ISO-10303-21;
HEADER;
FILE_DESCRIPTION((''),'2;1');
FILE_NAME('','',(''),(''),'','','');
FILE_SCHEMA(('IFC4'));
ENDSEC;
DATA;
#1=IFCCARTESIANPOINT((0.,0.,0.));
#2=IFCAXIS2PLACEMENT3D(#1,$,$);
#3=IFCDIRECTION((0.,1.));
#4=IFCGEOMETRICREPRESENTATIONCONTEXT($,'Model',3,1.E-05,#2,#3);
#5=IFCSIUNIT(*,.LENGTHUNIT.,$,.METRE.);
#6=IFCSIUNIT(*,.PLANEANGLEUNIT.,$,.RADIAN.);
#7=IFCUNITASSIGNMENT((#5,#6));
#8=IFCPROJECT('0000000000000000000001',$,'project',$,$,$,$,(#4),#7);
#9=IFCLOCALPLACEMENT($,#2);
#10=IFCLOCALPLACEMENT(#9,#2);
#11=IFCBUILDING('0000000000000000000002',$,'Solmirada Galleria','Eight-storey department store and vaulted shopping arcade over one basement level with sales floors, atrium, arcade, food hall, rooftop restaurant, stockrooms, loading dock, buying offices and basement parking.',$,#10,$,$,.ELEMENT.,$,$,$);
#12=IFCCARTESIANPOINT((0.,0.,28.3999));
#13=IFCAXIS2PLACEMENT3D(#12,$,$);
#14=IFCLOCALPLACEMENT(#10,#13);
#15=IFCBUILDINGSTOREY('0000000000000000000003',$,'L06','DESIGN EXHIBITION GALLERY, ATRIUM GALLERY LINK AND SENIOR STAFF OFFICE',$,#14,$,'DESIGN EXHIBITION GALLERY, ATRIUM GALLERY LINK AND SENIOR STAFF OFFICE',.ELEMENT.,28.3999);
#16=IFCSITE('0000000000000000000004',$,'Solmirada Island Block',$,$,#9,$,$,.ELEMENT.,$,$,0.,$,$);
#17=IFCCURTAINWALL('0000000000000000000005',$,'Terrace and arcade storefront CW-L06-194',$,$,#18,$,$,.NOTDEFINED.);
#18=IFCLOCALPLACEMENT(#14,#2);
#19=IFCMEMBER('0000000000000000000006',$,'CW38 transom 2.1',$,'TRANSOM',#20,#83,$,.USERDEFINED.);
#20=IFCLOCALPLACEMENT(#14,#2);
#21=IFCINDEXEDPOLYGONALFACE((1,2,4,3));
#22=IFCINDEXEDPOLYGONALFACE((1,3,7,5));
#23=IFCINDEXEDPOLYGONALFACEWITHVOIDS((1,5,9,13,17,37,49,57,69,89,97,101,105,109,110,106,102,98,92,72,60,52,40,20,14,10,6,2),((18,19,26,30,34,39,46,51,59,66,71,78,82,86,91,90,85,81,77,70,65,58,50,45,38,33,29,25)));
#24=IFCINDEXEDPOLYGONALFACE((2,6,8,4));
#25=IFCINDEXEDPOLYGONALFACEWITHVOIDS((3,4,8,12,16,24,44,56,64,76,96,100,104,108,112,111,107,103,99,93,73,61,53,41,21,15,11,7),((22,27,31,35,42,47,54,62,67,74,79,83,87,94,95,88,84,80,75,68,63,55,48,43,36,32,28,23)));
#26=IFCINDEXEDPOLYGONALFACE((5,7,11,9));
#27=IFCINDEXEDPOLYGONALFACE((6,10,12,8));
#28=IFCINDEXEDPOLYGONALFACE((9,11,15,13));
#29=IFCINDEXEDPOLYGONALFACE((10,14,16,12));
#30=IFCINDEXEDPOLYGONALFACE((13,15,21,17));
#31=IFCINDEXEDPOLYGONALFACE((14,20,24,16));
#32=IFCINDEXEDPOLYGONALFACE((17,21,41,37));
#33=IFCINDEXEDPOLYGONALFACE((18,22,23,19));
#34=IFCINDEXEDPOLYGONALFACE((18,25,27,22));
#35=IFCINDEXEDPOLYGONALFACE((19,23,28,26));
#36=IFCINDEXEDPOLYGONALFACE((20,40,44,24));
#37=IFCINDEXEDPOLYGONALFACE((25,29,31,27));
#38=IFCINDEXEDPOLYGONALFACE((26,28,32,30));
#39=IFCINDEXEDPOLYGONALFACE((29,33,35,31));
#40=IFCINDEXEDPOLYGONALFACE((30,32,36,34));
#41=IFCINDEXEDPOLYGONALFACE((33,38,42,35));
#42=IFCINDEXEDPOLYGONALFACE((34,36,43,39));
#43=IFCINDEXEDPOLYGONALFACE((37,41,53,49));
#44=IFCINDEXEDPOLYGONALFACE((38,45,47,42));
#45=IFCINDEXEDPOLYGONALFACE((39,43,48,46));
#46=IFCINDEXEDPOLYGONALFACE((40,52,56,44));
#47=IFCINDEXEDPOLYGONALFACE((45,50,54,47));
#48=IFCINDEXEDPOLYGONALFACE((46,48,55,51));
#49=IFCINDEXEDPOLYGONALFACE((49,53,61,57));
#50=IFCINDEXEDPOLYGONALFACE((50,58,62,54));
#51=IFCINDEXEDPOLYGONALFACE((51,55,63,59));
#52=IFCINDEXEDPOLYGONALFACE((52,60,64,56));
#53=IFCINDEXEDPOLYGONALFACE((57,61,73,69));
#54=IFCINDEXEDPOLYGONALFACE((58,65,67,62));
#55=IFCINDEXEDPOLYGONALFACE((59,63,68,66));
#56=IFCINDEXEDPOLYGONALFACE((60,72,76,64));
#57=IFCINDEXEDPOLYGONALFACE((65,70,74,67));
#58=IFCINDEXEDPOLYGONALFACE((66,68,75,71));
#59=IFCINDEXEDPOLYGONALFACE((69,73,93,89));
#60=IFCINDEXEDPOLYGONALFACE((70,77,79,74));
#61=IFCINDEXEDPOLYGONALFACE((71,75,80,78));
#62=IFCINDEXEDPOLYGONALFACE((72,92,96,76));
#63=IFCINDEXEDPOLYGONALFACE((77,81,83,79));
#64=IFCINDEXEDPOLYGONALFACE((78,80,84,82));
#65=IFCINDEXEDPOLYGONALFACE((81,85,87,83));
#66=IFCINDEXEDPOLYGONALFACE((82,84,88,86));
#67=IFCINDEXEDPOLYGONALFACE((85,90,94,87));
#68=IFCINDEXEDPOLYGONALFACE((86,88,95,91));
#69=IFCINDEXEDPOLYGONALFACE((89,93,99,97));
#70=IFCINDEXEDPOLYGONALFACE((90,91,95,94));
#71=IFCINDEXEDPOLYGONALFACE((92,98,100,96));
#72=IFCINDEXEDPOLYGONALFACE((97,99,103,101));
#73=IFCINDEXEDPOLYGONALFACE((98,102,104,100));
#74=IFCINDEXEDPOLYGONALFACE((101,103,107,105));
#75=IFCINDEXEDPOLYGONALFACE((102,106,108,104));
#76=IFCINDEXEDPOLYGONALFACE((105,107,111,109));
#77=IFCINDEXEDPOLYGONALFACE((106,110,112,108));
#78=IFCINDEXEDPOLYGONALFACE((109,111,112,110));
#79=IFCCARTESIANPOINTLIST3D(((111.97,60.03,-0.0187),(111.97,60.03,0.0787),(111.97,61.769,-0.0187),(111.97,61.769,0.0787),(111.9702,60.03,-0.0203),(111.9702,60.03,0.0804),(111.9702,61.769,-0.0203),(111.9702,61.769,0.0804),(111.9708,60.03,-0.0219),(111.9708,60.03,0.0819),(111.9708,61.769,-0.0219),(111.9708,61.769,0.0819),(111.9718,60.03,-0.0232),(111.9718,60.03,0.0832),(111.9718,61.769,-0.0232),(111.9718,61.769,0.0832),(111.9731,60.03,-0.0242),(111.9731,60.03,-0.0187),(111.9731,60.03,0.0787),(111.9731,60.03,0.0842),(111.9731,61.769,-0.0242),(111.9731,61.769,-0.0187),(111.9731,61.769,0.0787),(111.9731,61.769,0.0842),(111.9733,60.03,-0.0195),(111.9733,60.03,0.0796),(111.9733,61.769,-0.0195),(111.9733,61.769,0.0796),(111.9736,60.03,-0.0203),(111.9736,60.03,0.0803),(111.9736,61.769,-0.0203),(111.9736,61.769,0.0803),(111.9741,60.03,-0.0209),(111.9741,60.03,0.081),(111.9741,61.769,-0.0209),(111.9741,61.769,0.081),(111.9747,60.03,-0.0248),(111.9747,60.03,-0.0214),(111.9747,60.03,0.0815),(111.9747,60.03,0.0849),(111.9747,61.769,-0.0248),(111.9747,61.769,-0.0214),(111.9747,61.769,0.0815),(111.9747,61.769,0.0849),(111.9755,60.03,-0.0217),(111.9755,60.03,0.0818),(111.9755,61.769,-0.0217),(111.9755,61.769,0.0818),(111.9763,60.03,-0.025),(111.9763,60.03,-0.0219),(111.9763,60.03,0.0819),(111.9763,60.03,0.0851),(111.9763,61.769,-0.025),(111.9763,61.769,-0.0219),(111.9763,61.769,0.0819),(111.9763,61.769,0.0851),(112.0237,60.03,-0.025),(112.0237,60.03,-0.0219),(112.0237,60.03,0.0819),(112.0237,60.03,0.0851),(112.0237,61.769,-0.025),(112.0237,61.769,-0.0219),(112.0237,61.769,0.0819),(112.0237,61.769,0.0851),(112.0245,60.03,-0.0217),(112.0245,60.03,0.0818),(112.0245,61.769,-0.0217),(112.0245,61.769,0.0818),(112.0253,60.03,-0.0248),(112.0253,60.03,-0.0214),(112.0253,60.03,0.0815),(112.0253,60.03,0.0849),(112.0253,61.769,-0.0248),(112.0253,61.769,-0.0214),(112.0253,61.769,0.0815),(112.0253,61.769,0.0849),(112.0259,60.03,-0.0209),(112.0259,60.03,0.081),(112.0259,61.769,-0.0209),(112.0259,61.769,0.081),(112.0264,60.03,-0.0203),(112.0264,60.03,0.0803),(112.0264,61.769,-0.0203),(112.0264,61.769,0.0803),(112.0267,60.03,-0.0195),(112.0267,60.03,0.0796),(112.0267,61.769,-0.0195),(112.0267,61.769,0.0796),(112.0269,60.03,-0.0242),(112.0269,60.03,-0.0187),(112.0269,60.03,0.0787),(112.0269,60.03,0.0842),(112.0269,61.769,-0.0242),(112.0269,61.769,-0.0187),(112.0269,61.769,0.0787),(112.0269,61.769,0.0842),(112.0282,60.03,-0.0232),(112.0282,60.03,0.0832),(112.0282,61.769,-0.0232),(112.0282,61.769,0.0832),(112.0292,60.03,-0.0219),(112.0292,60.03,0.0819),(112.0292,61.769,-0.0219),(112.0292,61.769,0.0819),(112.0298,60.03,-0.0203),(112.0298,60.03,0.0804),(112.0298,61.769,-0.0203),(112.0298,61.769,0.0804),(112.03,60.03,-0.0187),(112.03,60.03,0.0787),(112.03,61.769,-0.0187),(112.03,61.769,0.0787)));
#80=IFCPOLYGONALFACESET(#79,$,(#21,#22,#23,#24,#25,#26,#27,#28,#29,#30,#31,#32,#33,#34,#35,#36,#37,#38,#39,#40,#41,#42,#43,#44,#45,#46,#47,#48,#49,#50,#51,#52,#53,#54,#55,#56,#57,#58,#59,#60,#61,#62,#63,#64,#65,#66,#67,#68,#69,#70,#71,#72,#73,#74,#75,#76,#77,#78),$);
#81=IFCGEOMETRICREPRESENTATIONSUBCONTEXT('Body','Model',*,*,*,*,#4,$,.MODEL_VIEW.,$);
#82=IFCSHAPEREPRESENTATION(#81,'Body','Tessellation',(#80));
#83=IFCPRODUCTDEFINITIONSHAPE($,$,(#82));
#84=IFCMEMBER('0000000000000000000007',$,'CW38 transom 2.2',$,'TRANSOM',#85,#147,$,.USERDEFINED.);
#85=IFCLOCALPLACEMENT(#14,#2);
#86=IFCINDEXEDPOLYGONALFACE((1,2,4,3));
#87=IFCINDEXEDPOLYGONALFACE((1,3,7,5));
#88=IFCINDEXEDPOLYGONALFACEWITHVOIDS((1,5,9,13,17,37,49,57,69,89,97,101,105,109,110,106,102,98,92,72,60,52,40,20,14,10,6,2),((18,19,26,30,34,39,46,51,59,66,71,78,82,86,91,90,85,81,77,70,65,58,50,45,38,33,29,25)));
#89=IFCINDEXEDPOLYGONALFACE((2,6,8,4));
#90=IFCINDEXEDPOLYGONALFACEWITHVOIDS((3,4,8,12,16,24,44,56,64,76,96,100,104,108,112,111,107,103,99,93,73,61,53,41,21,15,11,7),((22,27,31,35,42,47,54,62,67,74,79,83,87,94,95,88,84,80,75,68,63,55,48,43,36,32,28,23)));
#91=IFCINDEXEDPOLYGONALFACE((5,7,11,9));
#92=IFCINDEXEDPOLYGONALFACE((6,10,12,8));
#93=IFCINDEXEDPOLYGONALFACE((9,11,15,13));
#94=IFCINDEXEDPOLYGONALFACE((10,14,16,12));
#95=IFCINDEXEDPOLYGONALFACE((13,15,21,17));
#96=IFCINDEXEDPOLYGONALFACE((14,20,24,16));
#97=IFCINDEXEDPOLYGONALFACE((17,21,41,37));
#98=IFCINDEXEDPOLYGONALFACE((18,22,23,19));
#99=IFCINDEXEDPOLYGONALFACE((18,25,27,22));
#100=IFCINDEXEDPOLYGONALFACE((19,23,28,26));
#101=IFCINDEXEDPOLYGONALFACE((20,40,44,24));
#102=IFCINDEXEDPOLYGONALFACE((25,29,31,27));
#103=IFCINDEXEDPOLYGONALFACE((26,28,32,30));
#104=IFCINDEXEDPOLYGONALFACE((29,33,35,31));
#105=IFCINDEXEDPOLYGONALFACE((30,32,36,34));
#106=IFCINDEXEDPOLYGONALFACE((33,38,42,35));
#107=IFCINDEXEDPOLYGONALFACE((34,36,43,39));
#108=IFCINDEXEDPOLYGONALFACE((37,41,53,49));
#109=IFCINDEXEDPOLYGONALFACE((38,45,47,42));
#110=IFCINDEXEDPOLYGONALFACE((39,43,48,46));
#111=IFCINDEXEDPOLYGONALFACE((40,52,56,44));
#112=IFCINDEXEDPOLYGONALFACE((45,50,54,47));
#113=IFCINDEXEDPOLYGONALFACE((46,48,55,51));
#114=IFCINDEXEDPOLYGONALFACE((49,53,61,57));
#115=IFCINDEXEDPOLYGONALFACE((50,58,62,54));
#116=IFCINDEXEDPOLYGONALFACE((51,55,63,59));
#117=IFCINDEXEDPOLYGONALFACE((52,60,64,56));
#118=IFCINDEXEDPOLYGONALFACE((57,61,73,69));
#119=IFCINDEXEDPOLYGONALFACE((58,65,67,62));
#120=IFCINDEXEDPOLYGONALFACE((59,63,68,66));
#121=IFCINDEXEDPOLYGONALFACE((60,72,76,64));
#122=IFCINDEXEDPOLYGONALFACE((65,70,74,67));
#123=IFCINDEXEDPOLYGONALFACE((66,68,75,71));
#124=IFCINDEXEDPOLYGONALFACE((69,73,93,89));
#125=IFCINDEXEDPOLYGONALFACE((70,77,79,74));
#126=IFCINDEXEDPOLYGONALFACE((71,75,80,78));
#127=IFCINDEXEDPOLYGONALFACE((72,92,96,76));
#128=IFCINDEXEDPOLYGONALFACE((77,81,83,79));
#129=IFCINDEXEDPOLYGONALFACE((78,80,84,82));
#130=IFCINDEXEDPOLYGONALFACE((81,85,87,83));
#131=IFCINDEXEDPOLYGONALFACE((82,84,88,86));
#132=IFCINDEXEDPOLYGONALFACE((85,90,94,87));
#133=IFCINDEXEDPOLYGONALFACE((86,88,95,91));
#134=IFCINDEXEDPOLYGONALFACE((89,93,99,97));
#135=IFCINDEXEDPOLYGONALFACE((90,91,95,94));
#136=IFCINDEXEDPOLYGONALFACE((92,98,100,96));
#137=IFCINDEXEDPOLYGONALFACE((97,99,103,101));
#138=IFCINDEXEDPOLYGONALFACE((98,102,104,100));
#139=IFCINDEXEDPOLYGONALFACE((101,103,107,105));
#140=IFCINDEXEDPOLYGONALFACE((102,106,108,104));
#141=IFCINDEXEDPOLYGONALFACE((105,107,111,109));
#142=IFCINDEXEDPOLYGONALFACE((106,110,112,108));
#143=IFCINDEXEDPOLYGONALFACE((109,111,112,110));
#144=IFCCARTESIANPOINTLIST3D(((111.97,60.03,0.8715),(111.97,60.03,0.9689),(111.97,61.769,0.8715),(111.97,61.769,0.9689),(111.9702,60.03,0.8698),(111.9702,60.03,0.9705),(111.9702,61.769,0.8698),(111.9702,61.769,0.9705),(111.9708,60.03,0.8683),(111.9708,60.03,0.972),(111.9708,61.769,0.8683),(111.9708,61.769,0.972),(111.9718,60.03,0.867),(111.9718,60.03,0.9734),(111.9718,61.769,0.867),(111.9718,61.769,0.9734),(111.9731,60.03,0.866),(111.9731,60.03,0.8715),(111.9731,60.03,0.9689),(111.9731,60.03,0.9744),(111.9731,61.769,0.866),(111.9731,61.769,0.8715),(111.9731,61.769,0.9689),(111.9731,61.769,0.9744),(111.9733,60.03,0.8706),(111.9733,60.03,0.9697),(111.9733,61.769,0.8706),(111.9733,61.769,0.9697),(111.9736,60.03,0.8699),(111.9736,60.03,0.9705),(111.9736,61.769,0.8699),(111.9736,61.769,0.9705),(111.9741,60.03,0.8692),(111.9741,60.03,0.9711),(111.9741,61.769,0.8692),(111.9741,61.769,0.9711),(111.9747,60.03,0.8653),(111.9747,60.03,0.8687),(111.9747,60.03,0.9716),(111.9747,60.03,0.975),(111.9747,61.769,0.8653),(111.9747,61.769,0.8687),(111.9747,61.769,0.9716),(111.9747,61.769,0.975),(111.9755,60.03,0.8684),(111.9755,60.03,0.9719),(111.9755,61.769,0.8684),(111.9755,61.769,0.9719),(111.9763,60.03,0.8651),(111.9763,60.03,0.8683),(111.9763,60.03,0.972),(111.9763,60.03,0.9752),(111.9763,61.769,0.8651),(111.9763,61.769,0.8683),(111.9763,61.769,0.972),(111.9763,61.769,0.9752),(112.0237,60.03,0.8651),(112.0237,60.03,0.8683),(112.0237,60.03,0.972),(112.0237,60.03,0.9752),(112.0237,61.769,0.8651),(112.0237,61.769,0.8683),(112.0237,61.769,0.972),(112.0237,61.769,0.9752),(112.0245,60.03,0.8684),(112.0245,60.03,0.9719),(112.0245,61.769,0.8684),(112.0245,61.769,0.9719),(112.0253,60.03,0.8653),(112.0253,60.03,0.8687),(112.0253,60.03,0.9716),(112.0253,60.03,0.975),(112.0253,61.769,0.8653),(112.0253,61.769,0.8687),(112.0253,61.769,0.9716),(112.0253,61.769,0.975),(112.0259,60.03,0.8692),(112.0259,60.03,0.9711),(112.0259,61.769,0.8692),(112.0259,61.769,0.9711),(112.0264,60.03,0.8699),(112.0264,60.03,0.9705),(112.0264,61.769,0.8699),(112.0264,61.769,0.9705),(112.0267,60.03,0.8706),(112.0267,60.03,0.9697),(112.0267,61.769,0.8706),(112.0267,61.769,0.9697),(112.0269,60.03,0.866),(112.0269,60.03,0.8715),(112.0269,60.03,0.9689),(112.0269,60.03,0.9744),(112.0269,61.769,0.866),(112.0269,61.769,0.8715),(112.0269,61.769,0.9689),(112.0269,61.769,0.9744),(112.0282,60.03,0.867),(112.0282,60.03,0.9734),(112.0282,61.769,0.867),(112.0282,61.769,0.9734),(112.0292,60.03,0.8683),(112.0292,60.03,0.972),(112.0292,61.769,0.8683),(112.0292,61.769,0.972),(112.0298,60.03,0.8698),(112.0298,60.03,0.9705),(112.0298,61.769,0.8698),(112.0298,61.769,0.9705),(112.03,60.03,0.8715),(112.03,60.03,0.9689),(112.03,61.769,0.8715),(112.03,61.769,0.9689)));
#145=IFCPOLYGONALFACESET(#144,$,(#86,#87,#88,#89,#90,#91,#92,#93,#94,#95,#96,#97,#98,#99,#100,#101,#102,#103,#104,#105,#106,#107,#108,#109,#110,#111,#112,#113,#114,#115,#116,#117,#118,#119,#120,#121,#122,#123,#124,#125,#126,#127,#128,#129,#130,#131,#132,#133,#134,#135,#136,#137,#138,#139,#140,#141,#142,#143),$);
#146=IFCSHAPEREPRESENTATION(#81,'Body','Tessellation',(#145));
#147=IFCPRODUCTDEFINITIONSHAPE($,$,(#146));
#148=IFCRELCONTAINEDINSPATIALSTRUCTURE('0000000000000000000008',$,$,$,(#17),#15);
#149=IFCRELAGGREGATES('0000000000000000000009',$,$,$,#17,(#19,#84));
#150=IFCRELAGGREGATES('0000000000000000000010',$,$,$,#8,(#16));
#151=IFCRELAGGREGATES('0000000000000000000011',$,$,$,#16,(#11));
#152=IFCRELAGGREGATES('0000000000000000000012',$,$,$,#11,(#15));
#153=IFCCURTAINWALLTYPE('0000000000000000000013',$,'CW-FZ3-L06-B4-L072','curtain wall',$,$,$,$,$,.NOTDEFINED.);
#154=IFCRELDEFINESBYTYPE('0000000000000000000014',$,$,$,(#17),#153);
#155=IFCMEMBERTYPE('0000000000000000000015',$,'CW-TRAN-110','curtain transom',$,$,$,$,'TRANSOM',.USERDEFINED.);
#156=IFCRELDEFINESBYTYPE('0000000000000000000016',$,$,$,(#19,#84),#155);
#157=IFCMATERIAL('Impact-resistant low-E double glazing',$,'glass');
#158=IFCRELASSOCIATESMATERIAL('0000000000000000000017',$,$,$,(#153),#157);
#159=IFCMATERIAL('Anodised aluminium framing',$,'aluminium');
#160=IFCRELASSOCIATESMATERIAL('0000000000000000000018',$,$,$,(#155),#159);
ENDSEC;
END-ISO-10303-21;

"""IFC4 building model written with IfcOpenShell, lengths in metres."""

from ifc_helpers import new_model, si_unit, direction, frame, origin, origin_2d, place, context, subcontext, project, spatial, hollow_rectangle, extrude, material, material_profile, profile_set, type_object, element, aggregate, save


model = new_model("IFC4")

# Units and contexts
model_context = context("Model", 3, precision=1e-05, world=origin(), true_north=direction((0.0, 1.0)))
body_context = subcontext(model_context, "Body", "Model", "MODEL_VIEW")
ifc_project = project(units=[si_unit("LENGTHUNIT", "METRE"), si_unit("PLANEANGLEUNIT", "RADIAN")], contexts=[model_context])

# Site, building, storey
site_placement = place(None, origin())
site = spatial("IfcSite", under=ifc_project, at=site_placement, Name="Solmirada Island Block", CompositionType="ELEMENT", RefElevation=0.0)
building_placement = place(site_placement, origin())
building = spatial("IfcBuilding", under=site, at=building_placement, Name="Solmirada Galleria", Description="Eight-storey department store and vaulted shopping arcade over one basement level with sales floors, atrium, arcade, food hall, rooftop restaurant, stockrooms, loading dock, buying offices and basement parking.", CompositionType="ELEMENT")
storey_placement = place(building_placement, frame((0.0, 0.0, 28.3999)))
storey = spatial("IfcBuildingStorey", under=building, at=storey_placement, Name="L06", Description="DESIGN EXHIBITION GALLERY, ATRIUM GALLERY LINK AND SENIOR STAFF OFFICE", LongName="DESIGN EXHIBITION GALLERY, ATRIUM GALLERY LINK AND SENIOR STAFF OFFICE", CompositionType="ELEMENT", Elevation=28.3999)

# Curtain wall
ifc_material_1 = material(Name="Impact-resistant low-E double glazing", Category="glass")
curtain_wall_type = type_object("IfcCurtainWallType", Name="CW-FZ3-L06-B4-L072", Description="curtain wall", PredefinedType="NOTDEFINED", material=ifc_material_1)
curtain_wall_1_placement = place(storey_placement, origin())
curtain_wall_1 = element("IfcCurtainWall", 1, at=curtain_wall_1_placement, inside=storey, type_object=curtain_wall_type, Name="Terrace and arcade storefront CW-L06-194", PredefinedType="NOTDEFINED")
ifc_material_2 = material(Name="Anodised aluminium framing", Category="aluminium")

# Members
ifc_material_profile_1 = material_profile(ifc_material_2, hollow_rectangle(XDim=0.0601, YDim=0.1101, WallThickness=0.0032, InnerFilletRadius=0.0032, OuterFilletRadius=0.0063, at=origin_2d()), Name="ALU-TRAN-110X60")
ifc_profile_set_1 = profile_set([ifc_material_profile_1], Name="Anodised aluminium framing")
member_type_1 = type_object("IfcMemberType", Name="CW-TRAN-110", Description="curtain transom", ElementType="TRANSOM", PredefinedType="USERDEFINED", material=ifc_profile_set_1)
member_1_placement = place(storey_placement, frame((112.0, 61.769, 0.03), z_axis=(0.0, -1.0, 0.0), x_axis=(1.0, 0.0, 0.0)))
member_1 = element("IfcMember", 2, at=member_1_placement, type_object=member_type_1, Name="CW38 transom 2.1", ObjectType="TRANSOM", PredefinedType="USERDEFINED", context=body_context, shape_type="SweptSolid", body=[
    extrude(hollow_rectangle(XDim=0.0601, YDim=0.1101, WallThickness=0.0032, InnerFilletRadius=0.0032, OuterFilletRadius=0.0063, at=origin_2d()), origin(), (0.0, 0.0, 1.0), 1.739),
])
member_2_placement = place(storey_placement, frame((112.0, 61.769, 0.9202), z_axis=(0.0, -1.0, 0.0), x_axis=(1.0, 0.0, 0.0)))
member_2 = element("IfcMember", 3, at=member_2_placement, type_object=member_type_1, Name="CW38 transom 2.2", ObjectType="TRANSOM", PredefinedType="USERDEFINED", context=body_context, shape_type="SweptSolid", body=[
    extrude(hollow_rectangle(XDim=0.0601, YDim=0.1101, WallThickness=0.0032, InnerFilletRadius=0.0032, OuterFilletRadius=0.0063, at=origin_2d()), origin(), (0.0, 0.0, 1.0), 1.739),
])

aggregate(curtain_wall_1, [member_1, member_2])

save(model, "model.ifc")
